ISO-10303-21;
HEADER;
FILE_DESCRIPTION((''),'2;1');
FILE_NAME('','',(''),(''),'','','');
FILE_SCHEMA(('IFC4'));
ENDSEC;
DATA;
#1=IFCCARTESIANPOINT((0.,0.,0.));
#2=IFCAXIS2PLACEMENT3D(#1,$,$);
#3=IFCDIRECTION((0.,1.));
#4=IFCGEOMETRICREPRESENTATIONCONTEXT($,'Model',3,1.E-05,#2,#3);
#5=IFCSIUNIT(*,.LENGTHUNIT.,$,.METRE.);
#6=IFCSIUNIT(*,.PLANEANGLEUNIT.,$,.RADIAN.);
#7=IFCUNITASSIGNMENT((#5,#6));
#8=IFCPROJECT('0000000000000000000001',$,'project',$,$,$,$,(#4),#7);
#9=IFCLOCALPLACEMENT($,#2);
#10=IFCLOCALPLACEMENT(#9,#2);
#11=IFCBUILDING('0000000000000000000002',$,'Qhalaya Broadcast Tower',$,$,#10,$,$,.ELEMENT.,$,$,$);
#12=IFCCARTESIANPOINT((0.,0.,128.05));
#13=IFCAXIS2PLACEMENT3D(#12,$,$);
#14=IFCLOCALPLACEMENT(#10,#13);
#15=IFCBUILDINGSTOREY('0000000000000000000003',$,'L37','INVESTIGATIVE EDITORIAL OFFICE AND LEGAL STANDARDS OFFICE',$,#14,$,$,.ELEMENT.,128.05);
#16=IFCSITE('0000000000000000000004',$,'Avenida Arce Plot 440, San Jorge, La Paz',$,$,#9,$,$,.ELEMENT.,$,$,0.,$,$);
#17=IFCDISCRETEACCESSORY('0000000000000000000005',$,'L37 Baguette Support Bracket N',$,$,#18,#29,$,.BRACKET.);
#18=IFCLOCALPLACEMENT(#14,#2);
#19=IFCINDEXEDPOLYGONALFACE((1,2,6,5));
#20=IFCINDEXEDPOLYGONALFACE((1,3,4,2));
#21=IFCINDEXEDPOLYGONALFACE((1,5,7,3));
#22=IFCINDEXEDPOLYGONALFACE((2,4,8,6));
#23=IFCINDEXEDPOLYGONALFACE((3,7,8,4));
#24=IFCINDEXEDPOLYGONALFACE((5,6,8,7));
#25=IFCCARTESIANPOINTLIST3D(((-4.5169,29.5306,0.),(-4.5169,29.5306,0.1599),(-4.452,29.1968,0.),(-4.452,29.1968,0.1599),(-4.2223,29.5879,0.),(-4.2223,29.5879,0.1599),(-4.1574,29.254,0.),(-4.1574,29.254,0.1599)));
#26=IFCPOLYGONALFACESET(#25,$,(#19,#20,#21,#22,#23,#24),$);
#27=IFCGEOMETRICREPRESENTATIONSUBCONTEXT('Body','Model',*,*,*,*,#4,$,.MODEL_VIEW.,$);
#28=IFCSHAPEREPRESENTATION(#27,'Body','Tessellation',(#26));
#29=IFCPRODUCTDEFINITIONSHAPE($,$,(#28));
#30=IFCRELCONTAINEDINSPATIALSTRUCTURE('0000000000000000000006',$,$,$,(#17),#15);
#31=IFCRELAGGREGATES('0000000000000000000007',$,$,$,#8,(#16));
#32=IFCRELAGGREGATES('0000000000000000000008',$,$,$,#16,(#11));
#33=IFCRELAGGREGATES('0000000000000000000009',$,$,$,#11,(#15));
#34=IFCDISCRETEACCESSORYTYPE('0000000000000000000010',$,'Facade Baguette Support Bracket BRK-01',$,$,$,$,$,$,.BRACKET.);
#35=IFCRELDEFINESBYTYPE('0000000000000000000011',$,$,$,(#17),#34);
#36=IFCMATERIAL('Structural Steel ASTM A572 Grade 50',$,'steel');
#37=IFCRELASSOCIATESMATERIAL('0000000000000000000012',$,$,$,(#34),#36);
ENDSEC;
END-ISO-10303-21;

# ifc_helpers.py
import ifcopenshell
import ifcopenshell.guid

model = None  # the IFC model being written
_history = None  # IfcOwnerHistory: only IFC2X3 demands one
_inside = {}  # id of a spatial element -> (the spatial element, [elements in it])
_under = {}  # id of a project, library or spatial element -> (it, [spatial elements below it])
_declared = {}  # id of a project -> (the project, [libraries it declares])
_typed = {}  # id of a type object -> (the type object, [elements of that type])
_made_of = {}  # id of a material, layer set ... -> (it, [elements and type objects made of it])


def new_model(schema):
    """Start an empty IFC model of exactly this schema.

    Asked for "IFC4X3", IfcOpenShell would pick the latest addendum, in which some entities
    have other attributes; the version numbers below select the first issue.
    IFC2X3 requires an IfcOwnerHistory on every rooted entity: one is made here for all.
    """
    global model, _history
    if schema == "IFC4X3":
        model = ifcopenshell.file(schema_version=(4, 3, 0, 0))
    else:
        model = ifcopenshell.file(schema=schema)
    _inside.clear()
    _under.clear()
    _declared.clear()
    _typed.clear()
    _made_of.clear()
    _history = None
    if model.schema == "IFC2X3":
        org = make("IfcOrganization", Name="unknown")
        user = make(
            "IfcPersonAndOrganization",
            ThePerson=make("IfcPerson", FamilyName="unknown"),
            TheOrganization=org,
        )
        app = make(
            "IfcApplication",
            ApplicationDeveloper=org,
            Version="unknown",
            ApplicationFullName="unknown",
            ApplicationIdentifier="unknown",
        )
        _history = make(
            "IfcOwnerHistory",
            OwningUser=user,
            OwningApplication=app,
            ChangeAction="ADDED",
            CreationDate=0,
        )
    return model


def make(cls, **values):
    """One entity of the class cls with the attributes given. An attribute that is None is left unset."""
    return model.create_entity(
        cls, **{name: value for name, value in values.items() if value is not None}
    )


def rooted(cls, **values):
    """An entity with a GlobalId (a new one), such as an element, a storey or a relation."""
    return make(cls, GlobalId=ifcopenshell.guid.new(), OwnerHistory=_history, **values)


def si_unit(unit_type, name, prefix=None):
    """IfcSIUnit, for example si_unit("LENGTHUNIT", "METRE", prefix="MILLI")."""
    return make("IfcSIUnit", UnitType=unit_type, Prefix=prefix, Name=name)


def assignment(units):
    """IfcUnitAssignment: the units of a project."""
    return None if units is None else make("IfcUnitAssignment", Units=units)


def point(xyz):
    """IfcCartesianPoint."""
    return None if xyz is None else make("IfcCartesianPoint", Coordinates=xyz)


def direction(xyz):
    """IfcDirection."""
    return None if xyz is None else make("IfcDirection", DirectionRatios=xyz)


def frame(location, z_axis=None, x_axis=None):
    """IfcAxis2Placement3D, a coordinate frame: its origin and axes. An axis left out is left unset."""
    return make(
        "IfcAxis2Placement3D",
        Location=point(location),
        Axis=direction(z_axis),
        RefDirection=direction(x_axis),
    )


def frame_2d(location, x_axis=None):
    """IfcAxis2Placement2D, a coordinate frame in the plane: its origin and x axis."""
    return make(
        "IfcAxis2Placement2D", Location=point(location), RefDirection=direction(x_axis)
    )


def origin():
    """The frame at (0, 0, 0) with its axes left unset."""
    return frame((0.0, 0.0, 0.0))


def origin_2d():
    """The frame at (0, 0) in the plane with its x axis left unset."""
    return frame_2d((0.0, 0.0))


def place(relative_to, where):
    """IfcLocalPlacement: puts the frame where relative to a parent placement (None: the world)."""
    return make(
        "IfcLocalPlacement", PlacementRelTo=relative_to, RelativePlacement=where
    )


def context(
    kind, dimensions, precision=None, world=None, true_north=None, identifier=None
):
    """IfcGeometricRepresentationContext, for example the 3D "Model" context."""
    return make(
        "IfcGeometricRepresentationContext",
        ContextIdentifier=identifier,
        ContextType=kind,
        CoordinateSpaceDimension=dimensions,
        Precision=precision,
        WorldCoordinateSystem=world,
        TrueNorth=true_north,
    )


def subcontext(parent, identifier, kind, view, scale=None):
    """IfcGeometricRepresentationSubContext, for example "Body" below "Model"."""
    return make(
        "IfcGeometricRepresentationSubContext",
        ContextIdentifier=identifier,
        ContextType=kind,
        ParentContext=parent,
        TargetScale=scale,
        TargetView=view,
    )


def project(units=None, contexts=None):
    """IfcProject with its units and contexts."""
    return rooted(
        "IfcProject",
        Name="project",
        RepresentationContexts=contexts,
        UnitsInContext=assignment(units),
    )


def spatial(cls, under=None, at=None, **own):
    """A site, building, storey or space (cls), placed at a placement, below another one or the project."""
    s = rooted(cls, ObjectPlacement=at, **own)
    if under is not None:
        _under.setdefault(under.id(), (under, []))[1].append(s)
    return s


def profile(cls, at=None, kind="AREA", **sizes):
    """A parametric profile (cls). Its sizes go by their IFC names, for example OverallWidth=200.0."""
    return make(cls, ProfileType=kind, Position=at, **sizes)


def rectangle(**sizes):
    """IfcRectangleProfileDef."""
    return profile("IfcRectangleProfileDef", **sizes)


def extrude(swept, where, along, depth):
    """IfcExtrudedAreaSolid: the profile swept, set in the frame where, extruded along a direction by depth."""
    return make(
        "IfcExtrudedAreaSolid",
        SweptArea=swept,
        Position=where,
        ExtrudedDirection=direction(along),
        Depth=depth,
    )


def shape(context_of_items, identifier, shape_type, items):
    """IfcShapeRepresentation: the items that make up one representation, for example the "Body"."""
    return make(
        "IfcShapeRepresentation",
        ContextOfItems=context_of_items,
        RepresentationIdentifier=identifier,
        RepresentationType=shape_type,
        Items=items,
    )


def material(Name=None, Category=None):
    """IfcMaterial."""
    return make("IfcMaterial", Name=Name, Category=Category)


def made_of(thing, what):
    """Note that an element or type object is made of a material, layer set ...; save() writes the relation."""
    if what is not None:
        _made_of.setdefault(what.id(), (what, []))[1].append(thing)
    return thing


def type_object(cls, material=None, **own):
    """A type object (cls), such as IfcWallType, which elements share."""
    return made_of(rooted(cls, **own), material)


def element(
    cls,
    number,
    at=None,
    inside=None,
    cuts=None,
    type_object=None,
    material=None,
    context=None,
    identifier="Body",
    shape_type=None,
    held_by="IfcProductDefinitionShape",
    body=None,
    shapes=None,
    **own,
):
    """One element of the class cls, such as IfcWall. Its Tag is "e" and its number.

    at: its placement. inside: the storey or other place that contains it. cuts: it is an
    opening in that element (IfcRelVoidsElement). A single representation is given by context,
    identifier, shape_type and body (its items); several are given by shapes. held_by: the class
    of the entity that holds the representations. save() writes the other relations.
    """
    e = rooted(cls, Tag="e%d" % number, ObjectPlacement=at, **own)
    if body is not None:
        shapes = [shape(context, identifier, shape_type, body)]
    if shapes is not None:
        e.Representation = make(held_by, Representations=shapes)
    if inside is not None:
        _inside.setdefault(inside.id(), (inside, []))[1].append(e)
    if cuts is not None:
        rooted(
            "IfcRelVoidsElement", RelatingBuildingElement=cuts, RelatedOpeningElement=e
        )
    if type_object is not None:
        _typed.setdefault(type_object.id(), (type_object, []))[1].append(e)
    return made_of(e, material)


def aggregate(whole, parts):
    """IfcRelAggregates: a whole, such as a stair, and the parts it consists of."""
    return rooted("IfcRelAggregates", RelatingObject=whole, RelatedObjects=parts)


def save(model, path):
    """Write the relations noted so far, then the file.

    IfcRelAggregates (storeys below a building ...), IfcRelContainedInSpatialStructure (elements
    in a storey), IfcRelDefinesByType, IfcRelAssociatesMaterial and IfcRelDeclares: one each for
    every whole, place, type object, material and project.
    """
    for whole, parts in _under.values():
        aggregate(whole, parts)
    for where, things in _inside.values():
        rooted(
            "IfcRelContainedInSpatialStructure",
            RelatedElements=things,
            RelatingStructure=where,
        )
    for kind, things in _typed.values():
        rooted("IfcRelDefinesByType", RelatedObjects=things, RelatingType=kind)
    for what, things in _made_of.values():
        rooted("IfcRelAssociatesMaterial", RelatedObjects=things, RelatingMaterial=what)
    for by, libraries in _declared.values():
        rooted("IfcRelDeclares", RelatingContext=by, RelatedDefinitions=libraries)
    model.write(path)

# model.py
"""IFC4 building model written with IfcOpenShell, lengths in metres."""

from ifc_helpers import new_model, si_unit, direction, frame, origin, origin_2d, place, context, subcontext, project, spatial, rectangle, extrude, material, type_object, element, save


model = new_model("IFC4")

# Units and contexts
model_context = context("Model", 3, precision=1e-05, world=origin(), true_north=direction((0.0, 1.0)))
body_context = subcontext(model_context, "Body", "Model", "MODEL_VIEW")
ifc_project = project(units=[si_unit("LENGTHUNIT", "METRE"), si_unit("PLANEANGLEUNIT", "RADIAN")], contexts=[model_context])

# Site, building, storey
site_placement = place(None, origin())
site = spatial("IfcSite", under=ifc_project, at=site_placement, Name="Avenida Arce Plot 440, San Jorge, La Paz", CompositionType="ELEMENT", RefElevation=0.0)
building_placement = place(site_placement, origin())
building = spatial("IfcBuilding", under=site, at=building_placement, Name="Qhalaya Broadcast Tower", CompositionType="ELEMENT")
storey_placement = place(building_placement, frame((0.0, 0.0, 128.05)))
storey = spatial("IfcBuildingStorey", under=building, at=storey_placement, Name="L37", Description="INVESTIGATIVE EDITORIAL OFFICE AND LEGAL STANDARDS OFFICE", CompositionType="ELEMENT", Elevation=128.05)

# Shared definitions
ifc_material_1 = material(Name="Structural Steel ASTM A572 Grade 50", Category="steel")

# Discrete accessory
discrete_accessory_type = type_object("IfcDiscreteAccessoryType", Name="Facade Baguette Support Bracket BRK-01", PredefinedType="BRACKET", material=ifc_material_1)
discrete_accessory_placement = place(storey_placement, frame((-4.3372, 29.3923, 0.0), z_axis=(0.0, 0.0, 1.0), x_axis=(-0.981627, -0.190809, 0.0)))
element("IfcDiscreteAccessory", 1, at=discrete_accessory_placement, inside=storey, type_object=discrete_accessory_type, Name="L37 Baguette Support Bracket N", PredefinedType="BRACKET", context=body_context, shape_type="SweptSolid", body=[
    extrude(rectangle(XDim=0.3, YDim=0.3401, at=origin_2d()), origin(), (0.0, 0.0, 1.0), 0.1599),
])

save(model, "model.ifc")
